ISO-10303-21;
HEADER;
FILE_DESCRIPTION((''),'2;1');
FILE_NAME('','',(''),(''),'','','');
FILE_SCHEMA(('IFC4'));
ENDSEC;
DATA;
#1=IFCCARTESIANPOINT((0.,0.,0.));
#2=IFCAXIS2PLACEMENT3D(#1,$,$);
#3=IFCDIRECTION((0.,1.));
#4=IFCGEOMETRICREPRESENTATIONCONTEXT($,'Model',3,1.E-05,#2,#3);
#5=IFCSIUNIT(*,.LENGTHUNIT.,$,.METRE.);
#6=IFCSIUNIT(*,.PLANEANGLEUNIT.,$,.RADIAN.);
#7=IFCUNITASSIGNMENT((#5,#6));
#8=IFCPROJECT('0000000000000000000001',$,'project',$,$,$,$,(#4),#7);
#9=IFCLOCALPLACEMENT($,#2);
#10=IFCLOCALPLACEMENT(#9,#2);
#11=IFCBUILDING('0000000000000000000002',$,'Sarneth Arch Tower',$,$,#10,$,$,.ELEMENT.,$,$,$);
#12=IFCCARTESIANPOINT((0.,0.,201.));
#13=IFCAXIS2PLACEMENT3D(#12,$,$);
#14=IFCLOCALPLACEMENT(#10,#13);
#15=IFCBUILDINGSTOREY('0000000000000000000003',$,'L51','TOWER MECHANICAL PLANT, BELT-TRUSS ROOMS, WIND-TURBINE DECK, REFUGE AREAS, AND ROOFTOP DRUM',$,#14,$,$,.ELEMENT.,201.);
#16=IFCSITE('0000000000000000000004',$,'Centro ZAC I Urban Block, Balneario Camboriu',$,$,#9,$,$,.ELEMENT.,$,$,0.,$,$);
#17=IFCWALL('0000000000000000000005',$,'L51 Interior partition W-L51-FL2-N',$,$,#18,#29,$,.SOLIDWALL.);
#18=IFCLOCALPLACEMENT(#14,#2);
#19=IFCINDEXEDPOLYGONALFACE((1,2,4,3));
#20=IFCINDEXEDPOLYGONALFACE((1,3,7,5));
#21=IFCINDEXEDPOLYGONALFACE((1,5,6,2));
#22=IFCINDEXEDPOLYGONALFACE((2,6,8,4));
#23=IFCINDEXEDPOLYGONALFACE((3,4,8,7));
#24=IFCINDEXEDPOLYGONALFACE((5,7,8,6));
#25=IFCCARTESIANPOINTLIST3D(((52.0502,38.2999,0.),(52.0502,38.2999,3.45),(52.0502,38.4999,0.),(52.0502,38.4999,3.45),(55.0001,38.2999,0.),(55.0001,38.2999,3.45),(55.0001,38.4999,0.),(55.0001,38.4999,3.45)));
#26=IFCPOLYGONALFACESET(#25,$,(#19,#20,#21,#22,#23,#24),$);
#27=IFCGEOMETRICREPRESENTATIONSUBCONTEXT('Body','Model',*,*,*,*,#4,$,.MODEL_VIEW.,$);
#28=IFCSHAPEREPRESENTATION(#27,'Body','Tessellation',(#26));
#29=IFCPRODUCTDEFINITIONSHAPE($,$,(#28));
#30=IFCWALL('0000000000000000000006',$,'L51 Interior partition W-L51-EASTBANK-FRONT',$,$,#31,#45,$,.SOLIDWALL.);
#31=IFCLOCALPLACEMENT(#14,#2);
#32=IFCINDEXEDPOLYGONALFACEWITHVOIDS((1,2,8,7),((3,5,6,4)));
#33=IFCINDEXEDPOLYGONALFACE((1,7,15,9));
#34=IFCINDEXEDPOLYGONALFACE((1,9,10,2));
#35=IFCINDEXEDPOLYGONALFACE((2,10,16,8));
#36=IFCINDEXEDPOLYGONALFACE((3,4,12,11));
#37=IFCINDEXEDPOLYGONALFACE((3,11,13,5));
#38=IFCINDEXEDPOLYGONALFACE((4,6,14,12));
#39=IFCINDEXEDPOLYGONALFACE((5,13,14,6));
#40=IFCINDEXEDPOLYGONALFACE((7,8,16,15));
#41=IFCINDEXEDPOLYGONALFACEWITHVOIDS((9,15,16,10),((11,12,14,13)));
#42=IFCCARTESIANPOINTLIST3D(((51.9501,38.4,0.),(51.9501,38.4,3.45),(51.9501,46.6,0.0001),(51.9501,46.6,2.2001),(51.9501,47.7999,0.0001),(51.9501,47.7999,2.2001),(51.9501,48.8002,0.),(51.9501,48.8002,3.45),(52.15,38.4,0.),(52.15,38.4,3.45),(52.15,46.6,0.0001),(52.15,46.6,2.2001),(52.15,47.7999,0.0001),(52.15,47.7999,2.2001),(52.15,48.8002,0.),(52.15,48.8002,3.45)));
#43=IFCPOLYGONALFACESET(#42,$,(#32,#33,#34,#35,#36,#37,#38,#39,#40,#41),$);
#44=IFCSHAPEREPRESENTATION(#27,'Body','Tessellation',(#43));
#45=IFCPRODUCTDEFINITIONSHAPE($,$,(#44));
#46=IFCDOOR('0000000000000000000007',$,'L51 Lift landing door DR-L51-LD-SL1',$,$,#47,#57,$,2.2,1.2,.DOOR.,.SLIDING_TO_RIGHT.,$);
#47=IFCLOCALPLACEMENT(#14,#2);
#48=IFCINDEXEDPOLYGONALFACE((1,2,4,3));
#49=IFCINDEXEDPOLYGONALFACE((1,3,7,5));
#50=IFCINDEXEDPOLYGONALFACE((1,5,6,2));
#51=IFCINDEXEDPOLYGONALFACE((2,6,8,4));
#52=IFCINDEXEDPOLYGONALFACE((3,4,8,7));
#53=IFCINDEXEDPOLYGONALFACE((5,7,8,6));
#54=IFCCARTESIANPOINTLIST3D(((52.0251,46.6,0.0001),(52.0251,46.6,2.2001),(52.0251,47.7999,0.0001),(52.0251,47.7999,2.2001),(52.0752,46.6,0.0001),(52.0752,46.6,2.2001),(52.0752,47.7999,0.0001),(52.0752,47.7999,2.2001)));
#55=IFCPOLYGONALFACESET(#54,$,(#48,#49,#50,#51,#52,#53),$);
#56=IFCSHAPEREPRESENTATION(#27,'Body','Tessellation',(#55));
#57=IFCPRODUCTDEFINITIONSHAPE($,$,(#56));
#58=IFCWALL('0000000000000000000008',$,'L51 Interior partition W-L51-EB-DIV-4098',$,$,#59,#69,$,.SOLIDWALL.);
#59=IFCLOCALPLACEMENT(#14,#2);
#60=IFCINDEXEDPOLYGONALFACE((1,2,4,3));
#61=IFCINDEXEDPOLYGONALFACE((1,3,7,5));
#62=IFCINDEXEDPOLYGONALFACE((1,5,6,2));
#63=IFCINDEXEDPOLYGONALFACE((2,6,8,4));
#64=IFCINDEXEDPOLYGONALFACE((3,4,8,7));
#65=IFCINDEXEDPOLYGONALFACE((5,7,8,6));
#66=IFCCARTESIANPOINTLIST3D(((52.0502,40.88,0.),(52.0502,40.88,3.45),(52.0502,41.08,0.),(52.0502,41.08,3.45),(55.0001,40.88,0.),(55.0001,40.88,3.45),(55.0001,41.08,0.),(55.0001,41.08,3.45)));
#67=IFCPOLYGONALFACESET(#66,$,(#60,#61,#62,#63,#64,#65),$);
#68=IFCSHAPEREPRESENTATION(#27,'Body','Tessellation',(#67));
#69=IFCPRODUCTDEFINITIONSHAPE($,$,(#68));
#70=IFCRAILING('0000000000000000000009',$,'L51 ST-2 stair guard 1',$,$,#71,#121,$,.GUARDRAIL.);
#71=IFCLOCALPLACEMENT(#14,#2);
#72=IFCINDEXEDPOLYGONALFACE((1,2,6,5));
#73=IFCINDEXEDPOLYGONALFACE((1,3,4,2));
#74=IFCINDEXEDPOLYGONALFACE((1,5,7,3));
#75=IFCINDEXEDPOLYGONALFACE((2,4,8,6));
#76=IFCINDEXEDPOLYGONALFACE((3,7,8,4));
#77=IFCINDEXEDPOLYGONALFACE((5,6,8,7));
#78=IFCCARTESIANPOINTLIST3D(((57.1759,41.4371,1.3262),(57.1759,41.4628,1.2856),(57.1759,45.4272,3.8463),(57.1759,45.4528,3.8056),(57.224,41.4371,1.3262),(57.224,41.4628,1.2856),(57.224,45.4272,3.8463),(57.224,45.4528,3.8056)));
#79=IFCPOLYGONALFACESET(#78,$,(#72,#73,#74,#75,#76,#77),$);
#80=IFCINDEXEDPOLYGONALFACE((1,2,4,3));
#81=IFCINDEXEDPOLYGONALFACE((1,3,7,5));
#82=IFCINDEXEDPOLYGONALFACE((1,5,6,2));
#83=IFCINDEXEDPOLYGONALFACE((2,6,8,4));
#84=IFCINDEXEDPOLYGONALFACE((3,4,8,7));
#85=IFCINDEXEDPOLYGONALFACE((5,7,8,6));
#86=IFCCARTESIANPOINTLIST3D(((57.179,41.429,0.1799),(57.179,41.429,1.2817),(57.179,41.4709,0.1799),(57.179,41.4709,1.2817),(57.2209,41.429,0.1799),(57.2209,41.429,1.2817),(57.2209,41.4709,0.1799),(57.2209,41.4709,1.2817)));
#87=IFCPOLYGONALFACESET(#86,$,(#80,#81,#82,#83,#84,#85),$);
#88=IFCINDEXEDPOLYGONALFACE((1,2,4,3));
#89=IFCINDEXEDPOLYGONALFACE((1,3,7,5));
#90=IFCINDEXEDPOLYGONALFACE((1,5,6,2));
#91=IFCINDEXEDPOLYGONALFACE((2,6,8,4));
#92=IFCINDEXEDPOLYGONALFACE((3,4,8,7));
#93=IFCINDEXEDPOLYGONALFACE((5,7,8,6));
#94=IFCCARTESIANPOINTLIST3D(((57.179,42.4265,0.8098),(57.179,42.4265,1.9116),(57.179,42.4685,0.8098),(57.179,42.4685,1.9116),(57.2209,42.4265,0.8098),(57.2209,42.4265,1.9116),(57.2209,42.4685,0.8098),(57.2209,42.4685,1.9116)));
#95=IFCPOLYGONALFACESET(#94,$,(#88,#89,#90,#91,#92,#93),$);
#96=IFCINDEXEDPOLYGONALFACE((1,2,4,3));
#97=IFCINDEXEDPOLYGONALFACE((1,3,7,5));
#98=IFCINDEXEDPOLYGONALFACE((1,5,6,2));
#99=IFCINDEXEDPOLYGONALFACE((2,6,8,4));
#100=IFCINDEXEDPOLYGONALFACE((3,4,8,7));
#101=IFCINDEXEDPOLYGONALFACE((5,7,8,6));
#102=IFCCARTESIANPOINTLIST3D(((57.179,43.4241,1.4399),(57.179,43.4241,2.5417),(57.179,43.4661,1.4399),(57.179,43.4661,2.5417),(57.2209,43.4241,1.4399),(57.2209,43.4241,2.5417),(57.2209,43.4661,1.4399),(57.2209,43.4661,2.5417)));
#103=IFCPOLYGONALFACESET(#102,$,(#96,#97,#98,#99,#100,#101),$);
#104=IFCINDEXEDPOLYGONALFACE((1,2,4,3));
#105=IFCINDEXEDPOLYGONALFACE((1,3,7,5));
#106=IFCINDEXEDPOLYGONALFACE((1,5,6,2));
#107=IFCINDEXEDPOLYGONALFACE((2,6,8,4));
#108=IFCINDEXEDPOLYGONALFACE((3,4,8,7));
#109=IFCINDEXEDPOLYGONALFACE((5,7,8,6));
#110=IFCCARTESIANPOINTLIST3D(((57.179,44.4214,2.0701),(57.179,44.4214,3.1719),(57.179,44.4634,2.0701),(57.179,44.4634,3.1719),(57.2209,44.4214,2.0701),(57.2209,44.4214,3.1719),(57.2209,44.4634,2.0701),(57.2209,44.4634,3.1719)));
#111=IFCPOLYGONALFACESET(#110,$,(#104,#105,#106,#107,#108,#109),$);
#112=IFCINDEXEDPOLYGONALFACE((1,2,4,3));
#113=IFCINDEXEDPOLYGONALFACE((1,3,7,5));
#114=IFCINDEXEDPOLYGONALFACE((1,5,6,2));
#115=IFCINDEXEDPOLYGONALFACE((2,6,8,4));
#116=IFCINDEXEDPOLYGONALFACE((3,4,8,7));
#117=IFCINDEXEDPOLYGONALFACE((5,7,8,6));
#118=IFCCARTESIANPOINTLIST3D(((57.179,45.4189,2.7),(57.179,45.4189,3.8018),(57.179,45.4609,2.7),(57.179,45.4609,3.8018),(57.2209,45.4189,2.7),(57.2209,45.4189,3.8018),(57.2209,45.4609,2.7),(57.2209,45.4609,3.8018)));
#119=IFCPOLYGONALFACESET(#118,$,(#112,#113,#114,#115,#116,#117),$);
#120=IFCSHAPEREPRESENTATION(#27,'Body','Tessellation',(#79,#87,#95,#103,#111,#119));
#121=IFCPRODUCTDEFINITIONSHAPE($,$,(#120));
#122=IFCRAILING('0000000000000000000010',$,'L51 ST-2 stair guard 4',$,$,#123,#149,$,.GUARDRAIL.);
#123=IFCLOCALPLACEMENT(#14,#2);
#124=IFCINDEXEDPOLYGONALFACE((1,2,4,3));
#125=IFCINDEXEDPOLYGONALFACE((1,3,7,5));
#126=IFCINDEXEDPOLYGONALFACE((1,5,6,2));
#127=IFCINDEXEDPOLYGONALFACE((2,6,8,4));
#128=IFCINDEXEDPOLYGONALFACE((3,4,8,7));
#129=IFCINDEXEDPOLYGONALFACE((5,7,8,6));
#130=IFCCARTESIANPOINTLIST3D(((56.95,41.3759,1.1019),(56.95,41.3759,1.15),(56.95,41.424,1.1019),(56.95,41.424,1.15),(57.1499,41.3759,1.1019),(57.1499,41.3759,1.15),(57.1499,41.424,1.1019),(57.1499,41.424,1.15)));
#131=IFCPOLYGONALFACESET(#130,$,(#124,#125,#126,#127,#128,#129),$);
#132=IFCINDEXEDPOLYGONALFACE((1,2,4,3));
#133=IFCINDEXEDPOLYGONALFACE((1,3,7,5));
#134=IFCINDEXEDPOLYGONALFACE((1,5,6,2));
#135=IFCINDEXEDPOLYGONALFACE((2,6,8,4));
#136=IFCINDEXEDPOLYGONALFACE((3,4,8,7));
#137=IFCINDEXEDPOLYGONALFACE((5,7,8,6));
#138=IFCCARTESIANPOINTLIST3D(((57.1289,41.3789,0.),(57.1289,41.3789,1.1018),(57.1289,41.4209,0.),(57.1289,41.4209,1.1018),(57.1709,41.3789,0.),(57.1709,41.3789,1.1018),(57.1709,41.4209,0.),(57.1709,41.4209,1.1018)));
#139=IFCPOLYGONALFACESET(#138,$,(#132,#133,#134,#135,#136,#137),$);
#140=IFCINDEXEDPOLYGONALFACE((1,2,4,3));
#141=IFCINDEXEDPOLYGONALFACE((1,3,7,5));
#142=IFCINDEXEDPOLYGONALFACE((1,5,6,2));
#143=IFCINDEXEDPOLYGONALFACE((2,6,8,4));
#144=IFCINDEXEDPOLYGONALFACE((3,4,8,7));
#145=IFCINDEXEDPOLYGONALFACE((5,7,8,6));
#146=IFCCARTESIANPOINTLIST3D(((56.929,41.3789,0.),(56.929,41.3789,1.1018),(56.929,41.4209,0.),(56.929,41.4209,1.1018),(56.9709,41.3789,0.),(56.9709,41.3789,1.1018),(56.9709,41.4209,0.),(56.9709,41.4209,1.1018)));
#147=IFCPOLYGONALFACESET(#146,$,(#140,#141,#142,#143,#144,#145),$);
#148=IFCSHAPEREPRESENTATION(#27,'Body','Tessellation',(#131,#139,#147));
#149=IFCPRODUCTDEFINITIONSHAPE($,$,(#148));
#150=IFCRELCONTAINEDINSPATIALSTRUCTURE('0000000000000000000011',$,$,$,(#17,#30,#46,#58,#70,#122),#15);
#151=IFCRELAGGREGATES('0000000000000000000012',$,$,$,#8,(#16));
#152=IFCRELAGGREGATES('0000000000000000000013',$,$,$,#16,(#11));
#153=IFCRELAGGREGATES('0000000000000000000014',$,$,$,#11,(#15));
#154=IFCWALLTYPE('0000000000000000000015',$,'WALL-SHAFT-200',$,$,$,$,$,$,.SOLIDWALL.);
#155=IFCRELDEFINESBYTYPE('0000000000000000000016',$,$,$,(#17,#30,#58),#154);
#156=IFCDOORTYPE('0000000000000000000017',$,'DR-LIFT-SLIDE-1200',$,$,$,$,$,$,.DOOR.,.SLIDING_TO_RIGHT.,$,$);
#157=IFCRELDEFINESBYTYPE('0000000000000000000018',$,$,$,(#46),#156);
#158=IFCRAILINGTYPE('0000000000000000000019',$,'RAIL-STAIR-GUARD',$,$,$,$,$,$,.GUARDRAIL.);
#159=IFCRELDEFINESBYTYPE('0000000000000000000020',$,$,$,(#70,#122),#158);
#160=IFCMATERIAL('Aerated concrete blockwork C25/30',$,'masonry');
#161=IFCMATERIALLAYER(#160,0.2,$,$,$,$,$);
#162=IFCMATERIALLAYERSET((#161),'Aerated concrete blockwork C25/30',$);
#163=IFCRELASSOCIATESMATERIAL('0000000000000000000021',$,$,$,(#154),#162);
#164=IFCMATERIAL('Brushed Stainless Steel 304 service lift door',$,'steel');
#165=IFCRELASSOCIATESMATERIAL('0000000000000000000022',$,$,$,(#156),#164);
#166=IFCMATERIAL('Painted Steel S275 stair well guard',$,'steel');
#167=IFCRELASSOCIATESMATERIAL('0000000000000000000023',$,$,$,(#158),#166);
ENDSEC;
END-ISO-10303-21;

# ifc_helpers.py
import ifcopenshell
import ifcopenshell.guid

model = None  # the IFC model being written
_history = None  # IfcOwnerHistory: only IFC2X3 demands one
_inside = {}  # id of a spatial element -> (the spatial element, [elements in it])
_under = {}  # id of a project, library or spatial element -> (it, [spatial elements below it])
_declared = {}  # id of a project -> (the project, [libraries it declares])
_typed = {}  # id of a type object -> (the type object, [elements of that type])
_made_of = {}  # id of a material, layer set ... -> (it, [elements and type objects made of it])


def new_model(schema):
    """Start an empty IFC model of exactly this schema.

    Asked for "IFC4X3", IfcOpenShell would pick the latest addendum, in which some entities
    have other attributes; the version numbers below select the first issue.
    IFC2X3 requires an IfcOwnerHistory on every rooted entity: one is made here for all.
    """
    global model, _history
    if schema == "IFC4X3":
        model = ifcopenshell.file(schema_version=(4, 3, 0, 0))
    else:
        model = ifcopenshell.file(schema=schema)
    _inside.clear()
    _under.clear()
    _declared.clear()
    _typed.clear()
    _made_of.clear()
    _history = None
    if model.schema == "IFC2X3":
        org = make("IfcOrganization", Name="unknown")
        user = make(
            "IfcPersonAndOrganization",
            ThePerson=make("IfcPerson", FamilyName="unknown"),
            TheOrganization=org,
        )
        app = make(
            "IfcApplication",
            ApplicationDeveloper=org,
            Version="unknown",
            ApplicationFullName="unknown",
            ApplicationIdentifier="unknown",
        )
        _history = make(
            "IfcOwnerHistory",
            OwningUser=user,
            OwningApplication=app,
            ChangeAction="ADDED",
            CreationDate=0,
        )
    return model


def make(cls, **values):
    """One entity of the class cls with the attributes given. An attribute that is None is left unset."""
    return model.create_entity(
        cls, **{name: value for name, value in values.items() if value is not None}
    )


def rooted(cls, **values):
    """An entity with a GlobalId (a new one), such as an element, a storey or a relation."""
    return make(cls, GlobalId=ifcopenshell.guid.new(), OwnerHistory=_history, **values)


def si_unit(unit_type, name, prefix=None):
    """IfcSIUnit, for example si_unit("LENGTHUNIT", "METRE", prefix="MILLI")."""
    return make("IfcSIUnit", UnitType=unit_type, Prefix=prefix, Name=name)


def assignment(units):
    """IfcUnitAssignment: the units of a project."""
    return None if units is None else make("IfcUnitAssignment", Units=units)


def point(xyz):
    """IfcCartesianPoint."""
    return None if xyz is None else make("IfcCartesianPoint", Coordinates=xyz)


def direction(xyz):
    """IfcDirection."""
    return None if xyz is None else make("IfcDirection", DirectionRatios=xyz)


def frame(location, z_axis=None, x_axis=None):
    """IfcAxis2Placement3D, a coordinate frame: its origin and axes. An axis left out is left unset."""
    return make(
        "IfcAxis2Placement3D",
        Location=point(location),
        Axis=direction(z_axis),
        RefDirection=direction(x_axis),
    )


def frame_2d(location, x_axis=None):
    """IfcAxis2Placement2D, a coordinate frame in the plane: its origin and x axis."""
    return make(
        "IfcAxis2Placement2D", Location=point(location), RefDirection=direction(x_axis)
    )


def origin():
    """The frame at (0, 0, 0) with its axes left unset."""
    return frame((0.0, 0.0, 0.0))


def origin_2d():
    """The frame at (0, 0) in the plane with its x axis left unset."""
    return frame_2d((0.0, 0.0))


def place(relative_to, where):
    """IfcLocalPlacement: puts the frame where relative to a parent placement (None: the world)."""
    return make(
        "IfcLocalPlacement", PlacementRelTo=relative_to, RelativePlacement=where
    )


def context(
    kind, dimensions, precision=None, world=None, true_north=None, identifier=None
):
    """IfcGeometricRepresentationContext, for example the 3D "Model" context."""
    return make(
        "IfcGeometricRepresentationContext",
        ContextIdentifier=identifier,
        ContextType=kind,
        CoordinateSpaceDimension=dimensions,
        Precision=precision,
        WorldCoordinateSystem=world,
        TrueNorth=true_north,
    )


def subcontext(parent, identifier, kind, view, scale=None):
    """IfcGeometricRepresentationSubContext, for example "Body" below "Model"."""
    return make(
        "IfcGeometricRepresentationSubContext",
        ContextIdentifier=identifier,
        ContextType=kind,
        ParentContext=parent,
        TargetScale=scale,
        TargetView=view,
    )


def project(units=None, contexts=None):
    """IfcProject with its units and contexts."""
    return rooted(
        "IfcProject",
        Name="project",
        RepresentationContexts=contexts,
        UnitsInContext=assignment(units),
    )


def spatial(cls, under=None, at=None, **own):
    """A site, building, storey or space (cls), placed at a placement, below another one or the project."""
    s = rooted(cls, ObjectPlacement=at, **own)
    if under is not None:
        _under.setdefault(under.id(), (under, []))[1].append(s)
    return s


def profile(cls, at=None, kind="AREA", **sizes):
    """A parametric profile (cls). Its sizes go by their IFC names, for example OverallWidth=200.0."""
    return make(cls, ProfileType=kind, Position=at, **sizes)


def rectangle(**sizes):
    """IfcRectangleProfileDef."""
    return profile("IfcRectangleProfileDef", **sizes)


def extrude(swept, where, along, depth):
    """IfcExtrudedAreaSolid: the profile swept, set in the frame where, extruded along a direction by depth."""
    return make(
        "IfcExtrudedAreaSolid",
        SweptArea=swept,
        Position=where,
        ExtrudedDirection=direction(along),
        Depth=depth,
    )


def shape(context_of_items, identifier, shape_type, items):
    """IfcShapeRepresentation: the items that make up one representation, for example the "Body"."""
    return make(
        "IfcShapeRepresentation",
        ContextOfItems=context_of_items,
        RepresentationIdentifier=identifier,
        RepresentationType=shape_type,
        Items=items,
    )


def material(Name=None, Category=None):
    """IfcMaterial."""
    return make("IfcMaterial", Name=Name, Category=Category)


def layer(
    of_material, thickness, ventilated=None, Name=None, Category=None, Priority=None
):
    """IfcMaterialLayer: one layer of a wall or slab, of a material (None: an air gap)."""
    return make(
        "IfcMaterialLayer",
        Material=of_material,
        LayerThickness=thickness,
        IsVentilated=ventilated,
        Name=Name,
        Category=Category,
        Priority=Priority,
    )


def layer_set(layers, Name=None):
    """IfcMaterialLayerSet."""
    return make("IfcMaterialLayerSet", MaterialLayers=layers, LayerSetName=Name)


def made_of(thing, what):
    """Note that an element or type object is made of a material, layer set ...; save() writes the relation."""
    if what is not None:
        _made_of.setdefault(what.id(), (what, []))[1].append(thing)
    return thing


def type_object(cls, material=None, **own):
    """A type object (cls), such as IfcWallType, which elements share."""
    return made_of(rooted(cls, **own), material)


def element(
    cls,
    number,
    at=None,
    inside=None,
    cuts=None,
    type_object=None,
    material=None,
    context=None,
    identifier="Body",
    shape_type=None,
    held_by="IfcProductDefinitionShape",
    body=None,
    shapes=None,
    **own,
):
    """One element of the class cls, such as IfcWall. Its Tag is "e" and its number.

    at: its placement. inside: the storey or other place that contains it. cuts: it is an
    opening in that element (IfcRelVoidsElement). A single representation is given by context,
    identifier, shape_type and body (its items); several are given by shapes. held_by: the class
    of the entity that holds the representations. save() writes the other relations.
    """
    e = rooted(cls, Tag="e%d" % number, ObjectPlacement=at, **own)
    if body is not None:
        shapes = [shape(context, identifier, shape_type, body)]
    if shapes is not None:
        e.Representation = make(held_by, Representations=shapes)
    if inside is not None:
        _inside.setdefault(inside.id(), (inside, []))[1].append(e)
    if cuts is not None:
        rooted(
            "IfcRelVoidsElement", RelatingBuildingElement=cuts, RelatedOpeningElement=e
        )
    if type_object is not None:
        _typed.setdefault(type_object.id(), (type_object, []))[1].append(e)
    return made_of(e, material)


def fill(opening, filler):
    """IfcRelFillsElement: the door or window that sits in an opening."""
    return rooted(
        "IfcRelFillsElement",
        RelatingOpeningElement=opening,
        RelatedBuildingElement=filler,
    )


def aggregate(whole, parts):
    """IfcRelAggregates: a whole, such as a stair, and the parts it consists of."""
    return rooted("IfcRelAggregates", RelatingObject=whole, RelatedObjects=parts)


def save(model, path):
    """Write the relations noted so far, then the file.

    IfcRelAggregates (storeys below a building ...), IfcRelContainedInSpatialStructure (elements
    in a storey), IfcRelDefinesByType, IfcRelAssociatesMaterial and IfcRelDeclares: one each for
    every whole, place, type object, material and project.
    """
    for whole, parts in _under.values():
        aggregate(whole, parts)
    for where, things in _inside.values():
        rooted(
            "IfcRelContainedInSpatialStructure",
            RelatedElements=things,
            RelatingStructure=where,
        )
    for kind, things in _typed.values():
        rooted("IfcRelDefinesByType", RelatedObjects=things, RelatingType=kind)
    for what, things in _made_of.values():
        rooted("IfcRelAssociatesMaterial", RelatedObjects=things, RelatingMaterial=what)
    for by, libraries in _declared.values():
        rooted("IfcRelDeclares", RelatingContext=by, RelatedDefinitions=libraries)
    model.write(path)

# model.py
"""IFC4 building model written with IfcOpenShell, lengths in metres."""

from ifc_helpers import new_model, si_unit, direction, frame, frame_2d, origin, origin_2d, place, context, subcontext, project, spatial, rectangle, extrude, material, layer, layer_set, type_object, element, fill, save


model = new_model("IFC4")

# Units and contexts
model_context = context("Model", 3, precision=1e-05, world=origin(), true_north=direction((0.0, 1.0)))
body_context = subcontext(model_context, "Body", "Model", "MODEL_VIEW")
ifc_project = project(units=[si_unit("LENGTHUNIT", "METRE"), si_unit("PLANEANGLEUNIT", "RADIAN")], contexts=[model_context])

# Site, building, storey
site_placement = place(None, origin())
site = spatial("IfcSite", under=ifc_project, at=site_placement, Name="Centro ZAC I Urban Block, Balneario Camboriu", CompositionType="ELEMENT", RefElevation=0.0)
building_placement = place(site_placement, origin())
building = spatial("IfcBuilding", under=site, at=building_placement, Name="Sarneth Arch Tower", CompositionType="ELEMENT")
storey_placement = place(building_placement, frame((0.0, 0.0, 201.0)))
storey = spatial("IfcBuildingStorey", under=building, at=storey_placement, Name="L51", Description="TOWER MECHANICAL PLANT, BELT-TRUSS ROOMS, WIND-TURBINE DECK, REFUGE AREAS, AND ROOFTOP DRUM", CompositionType="ELEMENT", Elevation=201.0)

# Shared definitions
ifc_material_1 = material(Name="Aerated concrete blockwork C25/30", Category="masonry")
ifc_layer_1 = layer(ifc_material_1, 0.2)
ifc_layer_set_1 = layer_set([ifc_layer_1], Name="Aerated concrete blockwork C25/30")
wall_type_1 = type_object("IfcWallType", Name="WALL-SHAFT-200", PredefinedType="SOLIDWALL", material=ifc_layer_set_1)

# Wall
wall_1_placement = place(storey_placement, frame((52.05, 38.3999, 0.0), z_axis=(0.0, 0.0, 1.0), x_axis=(1.0, 0.0, 0.0)))
element("IfcWall", 1, at=wall_1_placement, inside=storey, type_object=wall_type_1, Name="L51 Interior partition W-L51-FL2-N", PredefinedType="SOLIDWALL", context=body_context, shape_type="SweptSolid", body=[
    extrude(rectangle(XDim=2.95, YDim=0.2, at=frame_2d((1.4751, 0.0))), origin(), (0.0, 0.0, 1.0), 3.45),
])

# Wall, opening, door
wall_2_placement = place(storey_placement, frame((52.05, 38.3999, 0.0), z_axis=(0.0, 0.0, 1.0), x_axis=(0.0, 1.0, 0.0)))
wall_2 = element("IfcWall", 2, at=wall_2_placement, inside=storey, type_object=wall_type_1, Name="L51 Interior partition W-L51-EASTBANK-FRONT", PredefinedType="SOLIDWALL", context=body_context, shape_type="SweptSolid", body=[
    extrude(rectangle(XDim=10.4001, YDim=0.2, at=frame_2d((5.2002, 0.0))), origin(), (0.0, 0.0, 1.0), 3.45),
])
opening_1_placement = place(wall_2_placement, frame((8.2, 0.0, 0.0)))
opening_1 = element("IfcOpeningElement", 3, at=opening_1_placement, cuts=wall_2, PredefinedType="OPENING", context=body_context, shape_type="SweptSolid", body=[
    extrude(rectangle(XDim=1.2, YDim=2.2, at=frame_2d((0.6001, 1.1001))), frame((0.0, 0.1099, 0.0), z_axis=(0.0, -1.0, 0.0), x_axis=(1.0, 0.0, 0.0)), (0.0, 0.0, 1.0), 0.22),
])
ifc_material_2 = material(Name="Brushed Stainless Steel 304 service lift door", Category="steel")
door_type_1 = type_object("IfcDoorType", Name="DR-LIFT-SLIDE-1200", OperationType="SLIDING_TO_RIGHT", PredefinedType="DOOR", material=ifc_material_2)
door_1_placement = place(opening_1_placement, origin())
door_1 = element("IfcDoor", 4, at=door_1_placement, inside=storey, type_object=door_type_1, Name="L51 Lift landing door DR-L51-LD-SL1", OperationType="SLIDING_TO_RIGHT", OverallHeight=2.2, OverallWidth=1.2, PredefinedType="DOOR", context=body_context, shape_type="SweptSolid", body=[
    extrude(rectangle(XDim=1.2, YDim=2.2, at=frame_2d((0.6001, 1.1001))), frame((0.0, 0.0249, 0.0), z_axis=(0.0, -1.0, 0.0), x_axis=(1.0, 0.0, 0.0)), (0.0, 0.0, 1.0), 0.05),
])
fill(opening_1, door_1)

# Wall
wall_3_placement = place(storey_placement, frame((52.05, 40.98, 0.0), z_axis=(0.0, 0.0, 1.0), x_axis=(1.0, 0.0, 0.0)))
element("IfcWall", 5, at=wall_3_placement, inside=storey, type_object=wall_type_1, Name="L51 Interior partition W-L51-EB-DIV-4098", PredefinedType="SOLIDWALL", context=body_context, shape_type="SweptSolid", body=[
    extrude(rectangle(XDim=2.95, YDim=0.2, at=frame_2d((1.4751, 0.0))), origin(), (0.0, 0.0, 1.0), 3.45),
])

# Railings
ifc_material_3 = material(Name="Painted Steel S275 stair well guard", Category="steel")
railing_type = type_object("IfcRailingType", Name="RAIL-STAIR-GUARD", PredefinedType="GUARDRAIL", material=ifc_material_3)
railing_1_placement = place(storey_placement, frame((57.2, 41.45, 0.1799)))
element("IfcRailing", 6, at=railing_1_placement, inside=storey, type_object=railing_type, Name="L51 ST-2 stair guard 1", PredefinedType="GUARDRAIL", context=body_context, shape_type="SweptSolid", body=[
    extrude(rectangle(XDim=0.0481, YDim=0.0481, at=origin_2d()), frame((0.0, 0.0, 1.126), z_axis=(0.0, 0.845486, 0.533997), x_axis=(-1.0, 0.0, 0.0)), (0.0, 0.0, 1.0), 4.7192),
    extrude(rectangle(XDim=0.042, YDim=0.042, at=origin_2d()), origin(), (0.0, 0.0, 1.0), 1.1018),
    extrude(rectangle(XDim=0.042, YDim=0.042, at=origin_2d()), frame((0.0, 0.9976, 0.6299)), (0.0, 0.0, 1.0), 1.1018),
    extrude(rectangle(XDim=0.042, YDim=0.042, at=origin_2d()), frame((0.0, 1.9951, 1.26)), (0.0, 0.0, 1.0), 1.1018),
    extrude(rectangle(XDim=0.042, YDim=0.042, at=origin_2d()), frame((0.0, 2.9924, 1.8901)), (0.0, 0.0, 1.0), 1.1018),
    extrude(rectangle(XDim=0.042, YDim=0.042, at=origin_2d()), frame((0.0, 3.99, 2.52)), (0.0, 0.0, 1.0), 1.1018),
])
railing_2_placement = place(storey_placement, frame((57.1499, 41.3999, 0.0)))
element("IfcRailing", 7, at=railing_2_placement, inside=storey, type_object=railing_type, Name="L51 ST-2 stair guard 4", PredefinedType="GUARDRAIL", context=body_context, shape_type="SweptSolid", body=[
    extrude(rectangle(XDim=0.0481, YDim=0.0481, at=origin_2d()), frame((0.0, 0.0, 1.126), z_axis=(-1.0, 0.0, 0.0), x_axis=(0.0, -1.0, 0.0)), (0.0, 0.0, 1.0), 0.2),
    extrude(rectangle(XDim=0.042, YDim=0.042, at=origin_2d()), origin(), (0.0, 0.0, 1.0), 1.1018),
    extrude(rectangle(XDim=0.042, YDim=0.042, at=origin_2d()), frame((-0.2, 0.0, 0.0)), (0.0, 0.0, 1.0), 1.1018),
])

save(model, "model.ifc")
